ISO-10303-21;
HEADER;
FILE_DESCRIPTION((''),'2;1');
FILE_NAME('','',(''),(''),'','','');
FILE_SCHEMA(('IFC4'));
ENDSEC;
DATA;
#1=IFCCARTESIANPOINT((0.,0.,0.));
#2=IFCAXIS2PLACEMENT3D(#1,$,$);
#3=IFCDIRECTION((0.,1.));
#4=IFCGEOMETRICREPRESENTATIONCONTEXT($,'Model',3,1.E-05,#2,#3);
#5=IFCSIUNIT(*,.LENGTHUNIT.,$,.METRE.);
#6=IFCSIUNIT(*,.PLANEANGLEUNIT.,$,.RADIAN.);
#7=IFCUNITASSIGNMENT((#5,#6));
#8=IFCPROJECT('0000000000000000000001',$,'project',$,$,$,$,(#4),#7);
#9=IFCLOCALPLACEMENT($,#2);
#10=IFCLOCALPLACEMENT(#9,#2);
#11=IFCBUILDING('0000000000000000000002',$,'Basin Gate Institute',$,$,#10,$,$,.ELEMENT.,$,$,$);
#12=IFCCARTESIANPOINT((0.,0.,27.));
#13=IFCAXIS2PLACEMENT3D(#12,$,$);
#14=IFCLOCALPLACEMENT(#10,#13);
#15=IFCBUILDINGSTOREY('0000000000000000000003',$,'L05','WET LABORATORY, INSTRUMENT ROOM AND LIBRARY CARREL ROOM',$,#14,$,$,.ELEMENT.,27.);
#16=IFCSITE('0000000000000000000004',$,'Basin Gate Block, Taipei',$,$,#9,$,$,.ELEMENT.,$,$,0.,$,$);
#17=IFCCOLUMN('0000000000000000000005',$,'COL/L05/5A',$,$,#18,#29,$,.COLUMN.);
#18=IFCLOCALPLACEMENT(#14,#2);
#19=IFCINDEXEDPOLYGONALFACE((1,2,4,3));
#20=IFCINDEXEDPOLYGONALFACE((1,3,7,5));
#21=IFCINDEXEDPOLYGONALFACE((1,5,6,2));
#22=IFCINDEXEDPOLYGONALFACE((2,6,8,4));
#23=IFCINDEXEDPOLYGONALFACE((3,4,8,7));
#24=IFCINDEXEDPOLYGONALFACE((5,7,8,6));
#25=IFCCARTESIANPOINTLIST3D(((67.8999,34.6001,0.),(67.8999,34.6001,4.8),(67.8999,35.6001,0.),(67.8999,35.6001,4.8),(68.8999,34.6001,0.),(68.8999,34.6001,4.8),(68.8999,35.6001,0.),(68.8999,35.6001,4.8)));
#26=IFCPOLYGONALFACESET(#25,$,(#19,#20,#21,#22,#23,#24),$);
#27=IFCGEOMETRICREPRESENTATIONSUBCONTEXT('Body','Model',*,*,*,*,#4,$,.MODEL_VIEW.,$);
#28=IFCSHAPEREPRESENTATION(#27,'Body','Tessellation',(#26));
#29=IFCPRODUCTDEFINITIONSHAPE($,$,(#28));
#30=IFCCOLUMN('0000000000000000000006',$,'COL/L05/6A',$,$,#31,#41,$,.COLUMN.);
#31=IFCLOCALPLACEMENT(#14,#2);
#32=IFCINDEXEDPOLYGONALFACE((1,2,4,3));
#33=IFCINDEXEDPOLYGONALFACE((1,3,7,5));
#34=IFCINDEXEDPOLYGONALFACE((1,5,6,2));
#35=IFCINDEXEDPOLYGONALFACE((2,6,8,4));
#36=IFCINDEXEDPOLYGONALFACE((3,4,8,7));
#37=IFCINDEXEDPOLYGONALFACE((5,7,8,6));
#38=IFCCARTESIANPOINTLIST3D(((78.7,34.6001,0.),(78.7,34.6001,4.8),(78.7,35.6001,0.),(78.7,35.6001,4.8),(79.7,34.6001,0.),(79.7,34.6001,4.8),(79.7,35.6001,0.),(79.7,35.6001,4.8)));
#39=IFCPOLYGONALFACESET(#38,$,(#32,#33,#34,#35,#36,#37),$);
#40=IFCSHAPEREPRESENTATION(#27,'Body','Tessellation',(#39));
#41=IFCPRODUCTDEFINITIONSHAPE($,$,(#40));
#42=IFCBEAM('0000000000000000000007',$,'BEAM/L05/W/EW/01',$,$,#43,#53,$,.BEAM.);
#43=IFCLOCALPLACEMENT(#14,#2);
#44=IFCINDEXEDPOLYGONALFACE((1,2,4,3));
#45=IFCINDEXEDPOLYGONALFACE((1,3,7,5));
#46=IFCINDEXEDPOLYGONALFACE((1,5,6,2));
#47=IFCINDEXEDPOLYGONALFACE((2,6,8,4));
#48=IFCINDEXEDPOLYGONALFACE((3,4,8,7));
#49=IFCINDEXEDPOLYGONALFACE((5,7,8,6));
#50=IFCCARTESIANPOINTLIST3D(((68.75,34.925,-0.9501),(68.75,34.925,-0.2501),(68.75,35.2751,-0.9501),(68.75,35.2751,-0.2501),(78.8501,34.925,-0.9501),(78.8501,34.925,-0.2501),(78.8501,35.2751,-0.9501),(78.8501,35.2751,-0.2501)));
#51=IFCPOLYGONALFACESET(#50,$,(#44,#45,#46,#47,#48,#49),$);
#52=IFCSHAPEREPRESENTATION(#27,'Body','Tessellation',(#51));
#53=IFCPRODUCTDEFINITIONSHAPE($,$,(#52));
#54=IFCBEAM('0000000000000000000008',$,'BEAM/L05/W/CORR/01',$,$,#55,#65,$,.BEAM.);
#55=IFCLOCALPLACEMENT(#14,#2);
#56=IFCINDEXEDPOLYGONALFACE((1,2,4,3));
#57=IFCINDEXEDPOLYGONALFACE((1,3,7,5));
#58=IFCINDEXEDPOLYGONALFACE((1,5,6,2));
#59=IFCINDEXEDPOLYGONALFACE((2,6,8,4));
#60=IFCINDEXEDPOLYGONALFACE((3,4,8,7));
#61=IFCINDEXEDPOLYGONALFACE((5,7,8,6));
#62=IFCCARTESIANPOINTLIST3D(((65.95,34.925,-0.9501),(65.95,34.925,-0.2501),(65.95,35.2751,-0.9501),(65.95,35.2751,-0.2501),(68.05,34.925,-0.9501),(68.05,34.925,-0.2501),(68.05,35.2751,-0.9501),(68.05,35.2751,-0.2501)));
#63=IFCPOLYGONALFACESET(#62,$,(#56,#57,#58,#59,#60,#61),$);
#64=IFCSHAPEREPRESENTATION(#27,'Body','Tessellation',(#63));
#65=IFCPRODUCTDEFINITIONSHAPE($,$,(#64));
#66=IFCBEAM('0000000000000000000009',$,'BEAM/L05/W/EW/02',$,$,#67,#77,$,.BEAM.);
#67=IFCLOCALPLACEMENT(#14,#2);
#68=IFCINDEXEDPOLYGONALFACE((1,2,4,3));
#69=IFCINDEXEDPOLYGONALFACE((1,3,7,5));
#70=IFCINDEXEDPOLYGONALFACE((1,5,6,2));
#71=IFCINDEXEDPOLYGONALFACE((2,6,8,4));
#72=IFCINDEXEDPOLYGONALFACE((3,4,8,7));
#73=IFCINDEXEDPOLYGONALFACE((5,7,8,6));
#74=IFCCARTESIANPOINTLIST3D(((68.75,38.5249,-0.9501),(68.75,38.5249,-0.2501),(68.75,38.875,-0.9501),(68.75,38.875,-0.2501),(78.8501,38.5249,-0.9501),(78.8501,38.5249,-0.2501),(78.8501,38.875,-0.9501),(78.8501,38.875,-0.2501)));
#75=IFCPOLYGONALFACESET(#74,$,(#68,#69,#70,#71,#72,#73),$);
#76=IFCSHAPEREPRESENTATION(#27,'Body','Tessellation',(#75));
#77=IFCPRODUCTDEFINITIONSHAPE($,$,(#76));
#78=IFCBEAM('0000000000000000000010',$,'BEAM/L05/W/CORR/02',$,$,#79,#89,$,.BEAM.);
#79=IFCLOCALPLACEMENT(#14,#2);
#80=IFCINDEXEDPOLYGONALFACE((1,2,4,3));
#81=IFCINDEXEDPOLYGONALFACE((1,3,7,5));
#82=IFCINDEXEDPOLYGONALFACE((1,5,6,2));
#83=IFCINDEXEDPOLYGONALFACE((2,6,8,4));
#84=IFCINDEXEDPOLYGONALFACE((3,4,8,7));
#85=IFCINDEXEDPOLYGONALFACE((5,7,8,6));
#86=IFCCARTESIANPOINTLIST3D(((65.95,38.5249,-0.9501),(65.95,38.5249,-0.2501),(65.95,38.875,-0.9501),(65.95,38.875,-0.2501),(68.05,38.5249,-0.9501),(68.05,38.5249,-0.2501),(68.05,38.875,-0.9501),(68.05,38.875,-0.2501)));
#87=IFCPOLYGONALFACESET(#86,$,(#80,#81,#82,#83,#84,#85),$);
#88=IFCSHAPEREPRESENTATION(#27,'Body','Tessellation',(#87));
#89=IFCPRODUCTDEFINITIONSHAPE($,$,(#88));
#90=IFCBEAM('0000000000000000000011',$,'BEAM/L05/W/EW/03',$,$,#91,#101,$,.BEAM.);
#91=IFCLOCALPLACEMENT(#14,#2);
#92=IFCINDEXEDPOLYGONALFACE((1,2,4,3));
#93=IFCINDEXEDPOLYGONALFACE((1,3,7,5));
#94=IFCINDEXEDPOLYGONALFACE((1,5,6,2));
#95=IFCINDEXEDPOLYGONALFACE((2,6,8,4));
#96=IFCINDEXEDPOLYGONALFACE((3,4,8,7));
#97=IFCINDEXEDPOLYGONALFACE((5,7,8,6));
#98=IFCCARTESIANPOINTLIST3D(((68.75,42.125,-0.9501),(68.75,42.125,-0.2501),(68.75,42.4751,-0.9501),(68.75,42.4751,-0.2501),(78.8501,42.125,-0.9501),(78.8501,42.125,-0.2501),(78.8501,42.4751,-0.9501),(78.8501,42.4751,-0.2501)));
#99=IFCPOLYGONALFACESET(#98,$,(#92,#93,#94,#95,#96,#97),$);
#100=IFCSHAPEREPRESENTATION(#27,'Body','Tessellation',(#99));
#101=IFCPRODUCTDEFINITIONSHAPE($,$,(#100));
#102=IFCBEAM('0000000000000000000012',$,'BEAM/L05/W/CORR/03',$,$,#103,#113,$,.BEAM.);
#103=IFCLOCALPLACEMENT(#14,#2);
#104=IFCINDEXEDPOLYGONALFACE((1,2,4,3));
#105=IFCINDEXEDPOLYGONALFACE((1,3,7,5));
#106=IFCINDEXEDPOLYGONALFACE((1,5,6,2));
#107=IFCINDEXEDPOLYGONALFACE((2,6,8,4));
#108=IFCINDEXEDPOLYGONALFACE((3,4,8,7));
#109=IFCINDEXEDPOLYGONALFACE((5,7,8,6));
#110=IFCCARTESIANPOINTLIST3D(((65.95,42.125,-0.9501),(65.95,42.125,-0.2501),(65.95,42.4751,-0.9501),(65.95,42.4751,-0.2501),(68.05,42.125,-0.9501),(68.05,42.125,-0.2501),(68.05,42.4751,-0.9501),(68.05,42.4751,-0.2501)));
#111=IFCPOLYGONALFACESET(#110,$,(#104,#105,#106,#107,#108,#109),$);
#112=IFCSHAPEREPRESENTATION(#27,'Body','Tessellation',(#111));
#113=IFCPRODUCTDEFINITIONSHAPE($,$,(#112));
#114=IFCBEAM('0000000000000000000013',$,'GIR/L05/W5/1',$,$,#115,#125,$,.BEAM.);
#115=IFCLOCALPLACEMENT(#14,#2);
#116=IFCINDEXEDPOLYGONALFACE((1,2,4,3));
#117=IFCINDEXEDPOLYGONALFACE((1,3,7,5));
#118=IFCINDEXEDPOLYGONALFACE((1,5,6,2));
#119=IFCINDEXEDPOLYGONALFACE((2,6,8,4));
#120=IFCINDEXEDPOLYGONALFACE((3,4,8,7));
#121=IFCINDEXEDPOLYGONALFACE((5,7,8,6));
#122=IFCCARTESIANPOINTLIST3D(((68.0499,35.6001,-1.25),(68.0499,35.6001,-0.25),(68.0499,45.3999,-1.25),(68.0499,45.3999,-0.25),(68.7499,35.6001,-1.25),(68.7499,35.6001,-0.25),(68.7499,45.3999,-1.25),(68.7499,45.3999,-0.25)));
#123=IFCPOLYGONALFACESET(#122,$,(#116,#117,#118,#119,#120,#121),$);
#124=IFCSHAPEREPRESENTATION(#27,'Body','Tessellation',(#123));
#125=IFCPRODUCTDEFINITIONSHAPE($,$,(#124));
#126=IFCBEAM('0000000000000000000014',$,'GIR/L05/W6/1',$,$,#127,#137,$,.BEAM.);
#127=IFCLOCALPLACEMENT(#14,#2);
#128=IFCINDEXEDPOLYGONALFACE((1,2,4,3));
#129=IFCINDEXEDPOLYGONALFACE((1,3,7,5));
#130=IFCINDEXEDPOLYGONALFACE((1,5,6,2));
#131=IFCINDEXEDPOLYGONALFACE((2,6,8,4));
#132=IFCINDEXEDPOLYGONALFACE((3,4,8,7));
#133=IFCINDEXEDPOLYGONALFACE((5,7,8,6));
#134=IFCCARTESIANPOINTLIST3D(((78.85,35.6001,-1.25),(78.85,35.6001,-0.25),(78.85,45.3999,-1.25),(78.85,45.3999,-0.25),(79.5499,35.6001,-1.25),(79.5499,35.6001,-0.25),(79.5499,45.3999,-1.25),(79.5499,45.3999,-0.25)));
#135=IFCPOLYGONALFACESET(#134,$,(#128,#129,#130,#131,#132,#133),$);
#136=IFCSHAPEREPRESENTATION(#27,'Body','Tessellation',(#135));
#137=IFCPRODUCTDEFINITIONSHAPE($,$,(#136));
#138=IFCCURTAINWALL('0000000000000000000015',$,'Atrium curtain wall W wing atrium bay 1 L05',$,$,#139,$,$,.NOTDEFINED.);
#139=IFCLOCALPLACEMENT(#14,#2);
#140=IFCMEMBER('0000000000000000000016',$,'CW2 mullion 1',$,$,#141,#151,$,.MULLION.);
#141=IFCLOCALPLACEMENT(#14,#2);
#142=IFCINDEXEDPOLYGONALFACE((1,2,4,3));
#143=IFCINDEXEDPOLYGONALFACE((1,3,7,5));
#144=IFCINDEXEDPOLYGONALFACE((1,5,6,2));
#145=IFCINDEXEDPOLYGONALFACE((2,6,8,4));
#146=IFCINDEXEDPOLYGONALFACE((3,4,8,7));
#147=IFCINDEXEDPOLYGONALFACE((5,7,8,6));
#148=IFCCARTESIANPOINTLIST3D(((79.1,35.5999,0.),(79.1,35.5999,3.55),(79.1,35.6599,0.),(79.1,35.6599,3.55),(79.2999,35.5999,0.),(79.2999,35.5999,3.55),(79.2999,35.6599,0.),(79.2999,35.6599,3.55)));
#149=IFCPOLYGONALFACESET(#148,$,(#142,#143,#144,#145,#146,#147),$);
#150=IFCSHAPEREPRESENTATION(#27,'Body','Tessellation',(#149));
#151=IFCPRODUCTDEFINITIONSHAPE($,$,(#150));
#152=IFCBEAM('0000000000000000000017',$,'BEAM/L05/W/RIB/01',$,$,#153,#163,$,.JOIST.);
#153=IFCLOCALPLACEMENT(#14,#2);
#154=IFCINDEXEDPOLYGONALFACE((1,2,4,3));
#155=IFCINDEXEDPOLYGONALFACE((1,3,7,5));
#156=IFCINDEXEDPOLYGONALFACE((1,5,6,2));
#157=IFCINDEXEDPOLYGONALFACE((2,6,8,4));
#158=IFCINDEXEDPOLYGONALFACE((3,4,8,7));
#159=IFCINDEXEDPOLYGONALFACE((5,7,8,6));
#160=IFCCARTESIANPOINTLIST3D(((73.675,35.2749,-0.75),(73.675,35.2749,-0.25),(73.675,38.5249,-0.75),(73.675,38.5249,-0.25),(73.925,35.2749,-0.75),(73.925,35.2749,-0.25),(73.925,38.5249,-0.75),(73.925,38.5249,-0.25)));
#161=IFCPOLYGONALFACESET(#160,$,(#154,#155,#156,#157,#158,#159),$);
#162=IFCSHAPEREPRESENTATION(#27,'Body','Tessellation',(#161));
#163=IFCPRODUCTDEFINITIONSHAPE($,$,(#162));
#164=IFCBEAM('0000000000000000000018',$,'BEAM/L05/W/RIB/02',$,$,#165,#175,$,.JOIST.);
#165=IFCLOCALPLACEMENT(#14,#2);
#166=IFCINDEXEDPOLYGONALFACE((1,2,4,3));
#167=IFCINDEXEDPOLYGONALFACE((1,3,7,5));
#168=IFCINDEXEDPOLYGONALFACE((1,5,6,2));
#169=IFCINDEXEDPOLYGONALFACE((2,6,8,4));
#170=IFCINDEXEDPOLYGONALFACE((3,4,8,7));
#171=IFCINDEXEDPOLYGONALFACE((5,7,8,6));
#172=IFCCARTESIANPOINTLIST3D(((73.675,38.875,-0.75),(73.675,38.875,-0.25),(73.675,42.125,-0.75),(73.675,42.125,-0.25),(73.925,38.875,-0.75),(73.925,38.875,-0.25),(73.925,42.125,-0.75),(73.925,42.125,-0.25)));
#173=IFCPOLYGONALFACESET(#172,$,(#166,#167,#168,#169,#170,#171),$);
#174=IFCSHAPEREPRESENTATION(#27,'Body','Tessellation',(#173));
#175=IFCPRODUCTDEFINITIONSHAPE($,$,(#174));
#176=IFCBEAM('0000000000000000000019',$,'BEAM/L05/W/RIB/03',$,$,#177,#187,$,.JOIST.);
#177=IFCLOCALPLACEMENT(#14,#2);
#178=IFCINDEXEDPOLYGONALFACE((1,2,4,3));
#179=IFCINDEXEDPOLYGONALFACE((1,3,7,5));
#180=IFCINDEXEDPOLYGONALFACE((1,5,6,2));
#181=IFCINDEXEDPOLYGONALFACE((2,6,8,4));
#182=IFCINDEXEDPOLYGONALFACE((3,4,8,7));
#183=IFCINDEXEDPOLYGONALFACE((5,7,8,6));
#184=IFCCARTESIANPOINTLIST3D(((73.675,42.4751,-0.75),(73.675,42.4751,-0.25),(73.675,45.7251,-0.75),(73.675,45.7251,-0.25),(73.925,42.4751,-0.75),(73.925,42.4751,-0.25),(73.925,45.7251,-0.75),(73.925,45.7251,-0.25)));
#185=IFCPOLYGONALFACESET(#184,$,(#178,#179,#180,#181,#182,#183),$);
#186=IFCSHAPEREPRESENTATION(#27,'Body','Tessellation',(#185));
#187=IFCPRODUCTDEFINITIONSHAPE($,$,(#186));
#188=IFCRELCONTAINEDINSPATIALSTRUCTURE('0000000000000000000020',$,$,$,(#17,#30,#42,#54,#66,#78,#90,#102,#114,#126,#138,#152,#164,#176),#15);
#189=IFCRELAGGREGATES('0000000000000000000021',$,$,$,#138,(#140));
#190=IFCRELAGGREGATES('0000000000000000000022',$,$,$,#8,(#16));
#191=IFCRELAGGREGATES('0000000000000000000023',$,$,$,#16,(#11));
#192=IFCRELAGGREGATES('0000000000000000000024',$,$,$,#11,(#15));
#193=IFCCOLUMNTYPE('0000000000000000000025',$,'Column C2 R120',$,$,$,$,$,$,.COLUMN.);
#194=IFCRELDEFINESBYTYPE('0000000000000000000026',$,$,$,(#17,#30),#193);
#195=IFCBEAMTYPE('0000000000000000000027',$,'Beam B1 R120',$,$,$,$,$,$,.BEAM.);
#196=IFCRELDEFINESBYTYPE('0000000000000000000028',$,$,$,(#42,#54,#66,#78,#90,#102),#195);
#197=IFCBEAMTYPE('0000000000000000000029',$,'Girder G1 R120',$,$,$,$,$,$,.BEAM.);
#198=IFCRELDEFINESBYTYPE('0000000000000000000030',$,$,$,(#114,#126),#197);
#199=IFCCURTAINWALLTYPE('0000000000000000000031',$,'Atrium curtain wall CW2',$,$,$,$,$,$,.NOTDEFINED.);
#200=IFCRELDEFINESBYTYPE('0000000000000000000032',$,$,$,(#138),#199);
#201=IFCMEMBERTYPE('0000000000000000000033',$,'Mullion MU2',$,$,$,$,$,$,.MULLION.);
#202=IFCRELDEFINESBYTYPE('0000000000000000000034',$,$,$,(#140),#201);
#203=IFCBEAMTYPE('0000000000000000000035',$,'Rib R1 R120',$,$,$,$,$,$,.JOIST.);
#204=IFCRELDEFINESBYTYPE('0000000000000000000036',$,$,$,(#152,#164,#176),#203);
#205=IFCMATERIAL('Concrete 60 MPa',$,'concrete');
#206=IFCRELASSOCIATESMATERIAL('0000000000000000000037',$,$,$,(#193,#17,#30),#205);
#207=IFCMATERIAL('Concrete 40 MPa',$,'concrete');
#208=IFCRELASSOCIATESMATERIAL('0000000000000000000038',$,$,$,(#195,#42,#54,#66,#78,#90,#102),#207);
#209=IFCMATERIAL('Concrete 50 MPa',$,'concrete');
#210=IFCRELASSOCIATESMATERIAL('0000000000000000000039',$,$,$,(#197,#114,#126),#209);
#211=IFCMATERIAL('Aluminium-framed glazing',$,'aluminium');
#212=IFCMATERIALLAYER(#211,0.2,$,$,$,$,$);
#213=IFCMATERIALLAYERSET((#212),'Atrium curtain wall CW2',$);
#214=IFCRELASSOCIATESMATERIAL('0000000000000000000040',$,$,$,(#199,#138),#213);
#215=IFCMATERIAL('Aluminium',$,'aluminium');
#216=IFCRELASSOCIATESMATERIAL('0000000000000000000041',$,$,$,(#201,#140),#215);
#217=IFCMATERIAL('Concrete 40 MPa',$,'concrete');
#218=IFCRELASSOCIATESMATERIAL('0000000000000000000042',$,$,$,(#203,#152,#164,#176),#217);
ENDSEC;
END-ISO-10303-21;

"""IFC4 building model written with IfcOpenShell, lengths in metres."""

from ifc_helpers import new_model, si_unit, direction, frame, origin, origin_2d, place, context, subcontext, project, spatial, rectangle, extrude, material, layer, layer_set, material_profile, profile_set, type_object, element, aggregate, save


model = new_model("IFC4")

# Units and contexts
model_context = context("Model", 3, precision=1e-05, world=origin(), true_north=direction((0.0, 1.0)))
body_context = subcontext(model_context, "Body", "Model", "MODEL_VIEW")
ifc_project = project(units=[si_unit("LENGTHUNIT", "METRE"), si_unit("PLANEANGLEUNIT", "RADIAN")], contexts=[model_context])

# Site, building, storey
site_placement = place(None, origin())
site = spatial("IfcSite", under=ifc_project, at=site_placement, Name="Basin Gate Block, Taipei", CompositionType="ELEMENT", RefElevation=0.0)
building_placement = place(site_placement, origin())
building = spatial("IfcBuilding", under=site, at=building_placement, Name="Basin Gate Institute", CompositionType="ELEMENT")
storey_placement = place(building_placement, frame((0.0, 0.0, 27.0)))
storey = spatial("IfcBuildingStorey", under=building, at=storey_placement, Name="L05", Description="WET LABORATORY, INSTRUMENT ROOM AND LIBRARY CARREL ROOM", CompositionType="ELEMENT", Elevation=27.0)

# Columns
ifc_material_1 = material(Name="Concrete 60 MPa", Category="concrete")
ifc_material_profile_1 = material_profile(ifc_material_1, rectangle(XDim=1.0, YDim=1.0, at=origin_2d()), Name="Column C2 1000 x 1000")
ifc_profile_set_1 = profile_set([ifc_material_profile_1], Name="Concrete 60 MPa")
column_type = type_object("IfcColumnType", Name="Column C2 R120", PredefinedType="COLUMN", material=ifc_profile_set_1)
for number, where, z_axis, x_axis, name in (
    (1, (68.3999, 35.1001, 0.0), (0.0, 0.0, 1.0), (1.0, 0.0, 0.0), "COL/L05/5A"),
    (2, (79.2, 35.1001, 0.0), (0.0, 0.0, 1.0), (1.0, 0.0, 0.0), "COL/L05/6A"),
):
    element("IfcColumn", number, at=place(storey_placement, frame(where, z_axis=z_axis, x_axis=x_axis)), inside=storey, type_object=column_type, material=ifc_profile_set_1, Name=name, PredefinedType="COLUMN", context=body_context, shape_type="SweptSolid", body=[
        extrude(rectangle(XDim=1.0, YDim=1.0, at=origin_2d()), origin(), (0.0, 0.0, 1.0), 4.8),
    ])

# Beams
ifc_material_2 = material(Name="Concrete 40 MPa", Category="concrete")
ifc_material_profile_2 = material_profile(ifc_material_2, rectangle(XDim=0.3501, YDim=0.7, at=origin_2d()), Name="Beam B1 350 x 700")
ifc_profile_set_2 = profile_set([ifc_material_profile_2], Name="Concrete 40 MPa")
beam_type_1 = type_object("IfcBeamType", Name="Beam B1 R120", PredefinedType="BEAM", material=ifc_profile_set_2)
beam_1_placement = place(storey_placement, frame((68.75, 35.1001, -0.6001), z_axis=(1.0, 0.0, 0.0), x_axis=(0.0, 1.0, 0.0)))
element("IfcBeam", 3, at=beam_1_placement, inside=storey, type_object=beam_type_1, material=ifc_profile_set_2, Name="BEAM/L05/W/EW/01", PredefinedType="BEAM", context=body_context, shape_type="SweptSolid", body=[
    extrude(rectangle(XDim=0.3501, YDim=0.7, at=origin_2d()), origin(), (0.0, 0.0, 1.0), 10.1001),
])
beam_2_placement = place(storey_placement, frame((65.95, 35.1001, -0.6001), z_axis=(1.0, 0.0, 0.0), x_axis=(0.0, 1.0, 0.0)))
element("IfcBeam", 4, at=beam_2_placement, inside=storey, type_object=beam_type_1, material=ifc_profile_set_2, Name="BEAM/L05/W/CORR/01", PredefinedType="BEAM", context=body_context, shape_type="SweptSolid", body=[
    extrude(rectangle(XDim=0.3501, YDim=0.7, at=origin_2d()), origin(), (0.0, 0.0, 1.0), 2.1001),
])
beam_3_placement = place(storey_placement, frame((68.75, 38.7, -0.6001), z_axis=(1.0, 0.0, 0.0), x_axis=(0.0, 1.0, 0.0)))
element("IfcBeam", 5, at=beam_3_placement, inside=storey, type_object=beam_type_1, material=ifc_profile_set_2, Name="BEAM/L05/W/EW/02", PredefinedType="BEAM", context=body_context, shape_type="SweptSolid", body=[
    extrude(rectangle(XDim=0.3501, YDim=0.7, at=origin_2d()), origin(), (0.0, 0.0, 1.0), 10.1001),
])
beam_4_placement = place(storey_placement, frame((65.95, 38.7, -0.6001), z_axis=(1.0, 0.0, 0.0), x_axis=(0.0, 1.0, 0.0)))
element("IfcBeam", 6, at=beam_4_placement, inside=storey, type_object=beam_type_1, material=ifc_profile_set_2, Name="BEAM/L05/W/CORR/02", PredefinedType="BEAM", context=body_context, shape_type="SweptSolid", body=[
    extrude(rectangle(XDim=0.3501, YDim=0.7, at=origin_2d()), origin(), (0.0, 0.0, 1.0), 2.1001),
])
beam_5_placement = place(storey_placement, frame((68.75, 42.3, -0.6001), z_axis=(1.0, 0.0, 0.0), x_axis=(0.0, 1.0, 0.0)))
element("IfcBeam", 7, at=beam_5_placement, inside=storey, type_object=beam_type_1, material=ifc_profile_set_2, Name="BEAM/L05/W/EW/03", PredefinedType="BEAM", context=body_context, shape_type="SweptSolid", body=[
    extrude(rectangle(XDim=0.3501, YDim=0.7, at=origin_2d()), origin(), (0.0, 0.0, 1.0), 10.1001),
])
beam_6_placement = place(storey_placement, frame((65.95, 42.3, -0.6001), z_axis=(1.0, 0.0, 0.0), x_axis=(0.0, 1.0, 0.0)))
element("IfcBeam", 8, at=beam_6_placement, inside=storey, type_object=beam_type_1, material=ifc_profile_set_2, Name="BEAM/L05/W/CORR/03", PredefinedType="BEAM", context=body_context, shape_type="SweptSolid", body=[
    extrude(rectangle(XDim=0.3501, YDim=0.7, at=origin_2d()), origin(), (0.0, 0.0, 1.0), 2.1001),
])
ifc_material_3 = material(Name="Concrete 50 MPa", Category="concrete")
ifc_material_profile_3 = material_profile(ifc_material_3, rectangle(XDim=0.7, YDim=1.0, at=origin_2d()), Name="Girder G1 700 x 1000")
ifc_profile_set_3 = profile_set([ifc_material_profile_3], Name="Concrete 50 MPa")
beam_type_2 = type_object("IfcBeamType", Name="Girder G1 R120", PredefinedType="BEAM", material=ifc_profile_set_3)
for number, where, z_axis, x_axis, name in (
    (9, (68.3999, 35.6001, -0.75), (0.0, 1.0, 0.0), (-1.0, 0.0, 0.0), "GIR/L05/W5/1"),
    (10, (79.2, 35.6001, -0.75), (0.0, 1.0, 0.0), (-1.0, 0.0, 0.0), "GIR/L05/W6/1"),
):
    element("IfcBeam", number, at=place(storey_placement, frame(where, z_axis=z_axis, x_axis=x_axis)), inside=storey, type_object=beam_type_2, material=ifc_profile_set_3, Name=name, PredefinedType="BEAM", context=body_context, shape_type="SweptSolid", body=[
        extrude(rectangle(XDim=0.7, YDim=1.0, at=origin_2d()), origin(), (0.0, 0.0, 1.0), 9.7998),
    ])

# Curtain wall, member
ifc_material_4 = material(Name="Aluminium-framed glazing", Category="aluminium")
ifc_layer_1 = layer(ifc_material_4, 0.2)
ifc_layer_set_1 = layer_set([ifc_layer_1], Name="Atrium curtain wall CW2")
curtain_wall_type = type_object("IfcCurtainWallType", Name="Atrium curtain wall CW2", PredefinedType="NOTDEFINED", material=ifc_layer_set_1)
curtain_wall_placement = place(storey_placement, origin())
curtain_wall = element("IfcCurtainWall", 11, at=curtain_wall_placement, inside=storey, type_object=curtain_wall_type, material=ifc_layer_set_1, Name="Atrium curtain wall W wing atrium bay 1 L05", PredefinedType="NOTDEFINED")
ifc_material_5 = material(Name="Aluminium", Category="aluminium")
ifc_material_profile_4 = material_profile(ifc_material_5, rectangle(XDim=0.2, YDim=0.0601, at=origin_2d()), Name="Mullion MU2 200 x 60")
ifc_profile_set_4 = profile_set([ifc_material_profile_4], Name="Aluminium")
member_type = type_object("IfcMemberType", Name="Mullion MU2", PredefinedType="MULLION", material=ifc_profile_set_4)
member_placement = place(storey_placement, frame((79.2, 35.6299, 0.0), z_axis=(0.0, 0.0, 1.0), x_axis=(-1.0, 0.0, 0.0)))
member = element("IfcMember", 12, at=member_placement, type_object=member_type, material=ifc_profile_set_4, Name="CW2 mullion 1", PredefinedType="MULLION", context=body_context, shape_type="SweptSolid", body=[
    extrude(rectangle(XDim=0.2, YDim=0.0601, at=origin_2d()), origin(), (0.0, 0.0, 1.0), 3.55),
])
aggregate(curtain_wall, [member])

# Beams
ifc_material_6 = material(Name="Concrete 40 MPa", Category="concrete")
ifc_material_profile_5 = material_profile(ifc_material_6, rectangle(XDim=0.25, YDim=0.5, at=origin_2d()), Name="Rib R1 250 x 500")
ifc_profile_set_5 = profile_set([ifc_material_profile_5], Name="Concrete 40 MPa")
beam_type_3 = type_object("IfcBeamType", Name="Rib R1 R120", PredefinedType="JOIST", material=ifc_profile_set_5)
for number, where, z_axis, x_axis, name in (
    (13, (73.8, 35.2749, -0.5), (0.0, 1.0, 0.0), (-1.0, 0.0, 0.0), "BEAM/L05/W/RIB/01"),
    (14, (73.8, 38.875, -0.5), (0.0, 1.0, 0.0), (-1.0, 0.0, 0.0), "BEAM/L05/W/RIB/02"),
    (15, (73.8, 42.4751, -0.5), (0.0, 1.0, 0.0), (-1.0, 0.0, 0.0), "BEAM/L05/W/RIB/03"),
):
    element("IfcBeam", number, at=place(storey_placement, frame(where, z_axis=z_axis, x_axis=x_axis)), inside=storey, type_object=beam_type_3, material=ifc_profile_set_5, Name=name, PredefinedType="JOIST", context=body_context, shape_type="SweptSolid", body=[
        extrude(rectangle(XDim=0.25, YDim=0.5, at=origin_2d()), origin(), (0.0, 0.0, 1.0), 3.25),
    ])

save(model, "model.ifc")
